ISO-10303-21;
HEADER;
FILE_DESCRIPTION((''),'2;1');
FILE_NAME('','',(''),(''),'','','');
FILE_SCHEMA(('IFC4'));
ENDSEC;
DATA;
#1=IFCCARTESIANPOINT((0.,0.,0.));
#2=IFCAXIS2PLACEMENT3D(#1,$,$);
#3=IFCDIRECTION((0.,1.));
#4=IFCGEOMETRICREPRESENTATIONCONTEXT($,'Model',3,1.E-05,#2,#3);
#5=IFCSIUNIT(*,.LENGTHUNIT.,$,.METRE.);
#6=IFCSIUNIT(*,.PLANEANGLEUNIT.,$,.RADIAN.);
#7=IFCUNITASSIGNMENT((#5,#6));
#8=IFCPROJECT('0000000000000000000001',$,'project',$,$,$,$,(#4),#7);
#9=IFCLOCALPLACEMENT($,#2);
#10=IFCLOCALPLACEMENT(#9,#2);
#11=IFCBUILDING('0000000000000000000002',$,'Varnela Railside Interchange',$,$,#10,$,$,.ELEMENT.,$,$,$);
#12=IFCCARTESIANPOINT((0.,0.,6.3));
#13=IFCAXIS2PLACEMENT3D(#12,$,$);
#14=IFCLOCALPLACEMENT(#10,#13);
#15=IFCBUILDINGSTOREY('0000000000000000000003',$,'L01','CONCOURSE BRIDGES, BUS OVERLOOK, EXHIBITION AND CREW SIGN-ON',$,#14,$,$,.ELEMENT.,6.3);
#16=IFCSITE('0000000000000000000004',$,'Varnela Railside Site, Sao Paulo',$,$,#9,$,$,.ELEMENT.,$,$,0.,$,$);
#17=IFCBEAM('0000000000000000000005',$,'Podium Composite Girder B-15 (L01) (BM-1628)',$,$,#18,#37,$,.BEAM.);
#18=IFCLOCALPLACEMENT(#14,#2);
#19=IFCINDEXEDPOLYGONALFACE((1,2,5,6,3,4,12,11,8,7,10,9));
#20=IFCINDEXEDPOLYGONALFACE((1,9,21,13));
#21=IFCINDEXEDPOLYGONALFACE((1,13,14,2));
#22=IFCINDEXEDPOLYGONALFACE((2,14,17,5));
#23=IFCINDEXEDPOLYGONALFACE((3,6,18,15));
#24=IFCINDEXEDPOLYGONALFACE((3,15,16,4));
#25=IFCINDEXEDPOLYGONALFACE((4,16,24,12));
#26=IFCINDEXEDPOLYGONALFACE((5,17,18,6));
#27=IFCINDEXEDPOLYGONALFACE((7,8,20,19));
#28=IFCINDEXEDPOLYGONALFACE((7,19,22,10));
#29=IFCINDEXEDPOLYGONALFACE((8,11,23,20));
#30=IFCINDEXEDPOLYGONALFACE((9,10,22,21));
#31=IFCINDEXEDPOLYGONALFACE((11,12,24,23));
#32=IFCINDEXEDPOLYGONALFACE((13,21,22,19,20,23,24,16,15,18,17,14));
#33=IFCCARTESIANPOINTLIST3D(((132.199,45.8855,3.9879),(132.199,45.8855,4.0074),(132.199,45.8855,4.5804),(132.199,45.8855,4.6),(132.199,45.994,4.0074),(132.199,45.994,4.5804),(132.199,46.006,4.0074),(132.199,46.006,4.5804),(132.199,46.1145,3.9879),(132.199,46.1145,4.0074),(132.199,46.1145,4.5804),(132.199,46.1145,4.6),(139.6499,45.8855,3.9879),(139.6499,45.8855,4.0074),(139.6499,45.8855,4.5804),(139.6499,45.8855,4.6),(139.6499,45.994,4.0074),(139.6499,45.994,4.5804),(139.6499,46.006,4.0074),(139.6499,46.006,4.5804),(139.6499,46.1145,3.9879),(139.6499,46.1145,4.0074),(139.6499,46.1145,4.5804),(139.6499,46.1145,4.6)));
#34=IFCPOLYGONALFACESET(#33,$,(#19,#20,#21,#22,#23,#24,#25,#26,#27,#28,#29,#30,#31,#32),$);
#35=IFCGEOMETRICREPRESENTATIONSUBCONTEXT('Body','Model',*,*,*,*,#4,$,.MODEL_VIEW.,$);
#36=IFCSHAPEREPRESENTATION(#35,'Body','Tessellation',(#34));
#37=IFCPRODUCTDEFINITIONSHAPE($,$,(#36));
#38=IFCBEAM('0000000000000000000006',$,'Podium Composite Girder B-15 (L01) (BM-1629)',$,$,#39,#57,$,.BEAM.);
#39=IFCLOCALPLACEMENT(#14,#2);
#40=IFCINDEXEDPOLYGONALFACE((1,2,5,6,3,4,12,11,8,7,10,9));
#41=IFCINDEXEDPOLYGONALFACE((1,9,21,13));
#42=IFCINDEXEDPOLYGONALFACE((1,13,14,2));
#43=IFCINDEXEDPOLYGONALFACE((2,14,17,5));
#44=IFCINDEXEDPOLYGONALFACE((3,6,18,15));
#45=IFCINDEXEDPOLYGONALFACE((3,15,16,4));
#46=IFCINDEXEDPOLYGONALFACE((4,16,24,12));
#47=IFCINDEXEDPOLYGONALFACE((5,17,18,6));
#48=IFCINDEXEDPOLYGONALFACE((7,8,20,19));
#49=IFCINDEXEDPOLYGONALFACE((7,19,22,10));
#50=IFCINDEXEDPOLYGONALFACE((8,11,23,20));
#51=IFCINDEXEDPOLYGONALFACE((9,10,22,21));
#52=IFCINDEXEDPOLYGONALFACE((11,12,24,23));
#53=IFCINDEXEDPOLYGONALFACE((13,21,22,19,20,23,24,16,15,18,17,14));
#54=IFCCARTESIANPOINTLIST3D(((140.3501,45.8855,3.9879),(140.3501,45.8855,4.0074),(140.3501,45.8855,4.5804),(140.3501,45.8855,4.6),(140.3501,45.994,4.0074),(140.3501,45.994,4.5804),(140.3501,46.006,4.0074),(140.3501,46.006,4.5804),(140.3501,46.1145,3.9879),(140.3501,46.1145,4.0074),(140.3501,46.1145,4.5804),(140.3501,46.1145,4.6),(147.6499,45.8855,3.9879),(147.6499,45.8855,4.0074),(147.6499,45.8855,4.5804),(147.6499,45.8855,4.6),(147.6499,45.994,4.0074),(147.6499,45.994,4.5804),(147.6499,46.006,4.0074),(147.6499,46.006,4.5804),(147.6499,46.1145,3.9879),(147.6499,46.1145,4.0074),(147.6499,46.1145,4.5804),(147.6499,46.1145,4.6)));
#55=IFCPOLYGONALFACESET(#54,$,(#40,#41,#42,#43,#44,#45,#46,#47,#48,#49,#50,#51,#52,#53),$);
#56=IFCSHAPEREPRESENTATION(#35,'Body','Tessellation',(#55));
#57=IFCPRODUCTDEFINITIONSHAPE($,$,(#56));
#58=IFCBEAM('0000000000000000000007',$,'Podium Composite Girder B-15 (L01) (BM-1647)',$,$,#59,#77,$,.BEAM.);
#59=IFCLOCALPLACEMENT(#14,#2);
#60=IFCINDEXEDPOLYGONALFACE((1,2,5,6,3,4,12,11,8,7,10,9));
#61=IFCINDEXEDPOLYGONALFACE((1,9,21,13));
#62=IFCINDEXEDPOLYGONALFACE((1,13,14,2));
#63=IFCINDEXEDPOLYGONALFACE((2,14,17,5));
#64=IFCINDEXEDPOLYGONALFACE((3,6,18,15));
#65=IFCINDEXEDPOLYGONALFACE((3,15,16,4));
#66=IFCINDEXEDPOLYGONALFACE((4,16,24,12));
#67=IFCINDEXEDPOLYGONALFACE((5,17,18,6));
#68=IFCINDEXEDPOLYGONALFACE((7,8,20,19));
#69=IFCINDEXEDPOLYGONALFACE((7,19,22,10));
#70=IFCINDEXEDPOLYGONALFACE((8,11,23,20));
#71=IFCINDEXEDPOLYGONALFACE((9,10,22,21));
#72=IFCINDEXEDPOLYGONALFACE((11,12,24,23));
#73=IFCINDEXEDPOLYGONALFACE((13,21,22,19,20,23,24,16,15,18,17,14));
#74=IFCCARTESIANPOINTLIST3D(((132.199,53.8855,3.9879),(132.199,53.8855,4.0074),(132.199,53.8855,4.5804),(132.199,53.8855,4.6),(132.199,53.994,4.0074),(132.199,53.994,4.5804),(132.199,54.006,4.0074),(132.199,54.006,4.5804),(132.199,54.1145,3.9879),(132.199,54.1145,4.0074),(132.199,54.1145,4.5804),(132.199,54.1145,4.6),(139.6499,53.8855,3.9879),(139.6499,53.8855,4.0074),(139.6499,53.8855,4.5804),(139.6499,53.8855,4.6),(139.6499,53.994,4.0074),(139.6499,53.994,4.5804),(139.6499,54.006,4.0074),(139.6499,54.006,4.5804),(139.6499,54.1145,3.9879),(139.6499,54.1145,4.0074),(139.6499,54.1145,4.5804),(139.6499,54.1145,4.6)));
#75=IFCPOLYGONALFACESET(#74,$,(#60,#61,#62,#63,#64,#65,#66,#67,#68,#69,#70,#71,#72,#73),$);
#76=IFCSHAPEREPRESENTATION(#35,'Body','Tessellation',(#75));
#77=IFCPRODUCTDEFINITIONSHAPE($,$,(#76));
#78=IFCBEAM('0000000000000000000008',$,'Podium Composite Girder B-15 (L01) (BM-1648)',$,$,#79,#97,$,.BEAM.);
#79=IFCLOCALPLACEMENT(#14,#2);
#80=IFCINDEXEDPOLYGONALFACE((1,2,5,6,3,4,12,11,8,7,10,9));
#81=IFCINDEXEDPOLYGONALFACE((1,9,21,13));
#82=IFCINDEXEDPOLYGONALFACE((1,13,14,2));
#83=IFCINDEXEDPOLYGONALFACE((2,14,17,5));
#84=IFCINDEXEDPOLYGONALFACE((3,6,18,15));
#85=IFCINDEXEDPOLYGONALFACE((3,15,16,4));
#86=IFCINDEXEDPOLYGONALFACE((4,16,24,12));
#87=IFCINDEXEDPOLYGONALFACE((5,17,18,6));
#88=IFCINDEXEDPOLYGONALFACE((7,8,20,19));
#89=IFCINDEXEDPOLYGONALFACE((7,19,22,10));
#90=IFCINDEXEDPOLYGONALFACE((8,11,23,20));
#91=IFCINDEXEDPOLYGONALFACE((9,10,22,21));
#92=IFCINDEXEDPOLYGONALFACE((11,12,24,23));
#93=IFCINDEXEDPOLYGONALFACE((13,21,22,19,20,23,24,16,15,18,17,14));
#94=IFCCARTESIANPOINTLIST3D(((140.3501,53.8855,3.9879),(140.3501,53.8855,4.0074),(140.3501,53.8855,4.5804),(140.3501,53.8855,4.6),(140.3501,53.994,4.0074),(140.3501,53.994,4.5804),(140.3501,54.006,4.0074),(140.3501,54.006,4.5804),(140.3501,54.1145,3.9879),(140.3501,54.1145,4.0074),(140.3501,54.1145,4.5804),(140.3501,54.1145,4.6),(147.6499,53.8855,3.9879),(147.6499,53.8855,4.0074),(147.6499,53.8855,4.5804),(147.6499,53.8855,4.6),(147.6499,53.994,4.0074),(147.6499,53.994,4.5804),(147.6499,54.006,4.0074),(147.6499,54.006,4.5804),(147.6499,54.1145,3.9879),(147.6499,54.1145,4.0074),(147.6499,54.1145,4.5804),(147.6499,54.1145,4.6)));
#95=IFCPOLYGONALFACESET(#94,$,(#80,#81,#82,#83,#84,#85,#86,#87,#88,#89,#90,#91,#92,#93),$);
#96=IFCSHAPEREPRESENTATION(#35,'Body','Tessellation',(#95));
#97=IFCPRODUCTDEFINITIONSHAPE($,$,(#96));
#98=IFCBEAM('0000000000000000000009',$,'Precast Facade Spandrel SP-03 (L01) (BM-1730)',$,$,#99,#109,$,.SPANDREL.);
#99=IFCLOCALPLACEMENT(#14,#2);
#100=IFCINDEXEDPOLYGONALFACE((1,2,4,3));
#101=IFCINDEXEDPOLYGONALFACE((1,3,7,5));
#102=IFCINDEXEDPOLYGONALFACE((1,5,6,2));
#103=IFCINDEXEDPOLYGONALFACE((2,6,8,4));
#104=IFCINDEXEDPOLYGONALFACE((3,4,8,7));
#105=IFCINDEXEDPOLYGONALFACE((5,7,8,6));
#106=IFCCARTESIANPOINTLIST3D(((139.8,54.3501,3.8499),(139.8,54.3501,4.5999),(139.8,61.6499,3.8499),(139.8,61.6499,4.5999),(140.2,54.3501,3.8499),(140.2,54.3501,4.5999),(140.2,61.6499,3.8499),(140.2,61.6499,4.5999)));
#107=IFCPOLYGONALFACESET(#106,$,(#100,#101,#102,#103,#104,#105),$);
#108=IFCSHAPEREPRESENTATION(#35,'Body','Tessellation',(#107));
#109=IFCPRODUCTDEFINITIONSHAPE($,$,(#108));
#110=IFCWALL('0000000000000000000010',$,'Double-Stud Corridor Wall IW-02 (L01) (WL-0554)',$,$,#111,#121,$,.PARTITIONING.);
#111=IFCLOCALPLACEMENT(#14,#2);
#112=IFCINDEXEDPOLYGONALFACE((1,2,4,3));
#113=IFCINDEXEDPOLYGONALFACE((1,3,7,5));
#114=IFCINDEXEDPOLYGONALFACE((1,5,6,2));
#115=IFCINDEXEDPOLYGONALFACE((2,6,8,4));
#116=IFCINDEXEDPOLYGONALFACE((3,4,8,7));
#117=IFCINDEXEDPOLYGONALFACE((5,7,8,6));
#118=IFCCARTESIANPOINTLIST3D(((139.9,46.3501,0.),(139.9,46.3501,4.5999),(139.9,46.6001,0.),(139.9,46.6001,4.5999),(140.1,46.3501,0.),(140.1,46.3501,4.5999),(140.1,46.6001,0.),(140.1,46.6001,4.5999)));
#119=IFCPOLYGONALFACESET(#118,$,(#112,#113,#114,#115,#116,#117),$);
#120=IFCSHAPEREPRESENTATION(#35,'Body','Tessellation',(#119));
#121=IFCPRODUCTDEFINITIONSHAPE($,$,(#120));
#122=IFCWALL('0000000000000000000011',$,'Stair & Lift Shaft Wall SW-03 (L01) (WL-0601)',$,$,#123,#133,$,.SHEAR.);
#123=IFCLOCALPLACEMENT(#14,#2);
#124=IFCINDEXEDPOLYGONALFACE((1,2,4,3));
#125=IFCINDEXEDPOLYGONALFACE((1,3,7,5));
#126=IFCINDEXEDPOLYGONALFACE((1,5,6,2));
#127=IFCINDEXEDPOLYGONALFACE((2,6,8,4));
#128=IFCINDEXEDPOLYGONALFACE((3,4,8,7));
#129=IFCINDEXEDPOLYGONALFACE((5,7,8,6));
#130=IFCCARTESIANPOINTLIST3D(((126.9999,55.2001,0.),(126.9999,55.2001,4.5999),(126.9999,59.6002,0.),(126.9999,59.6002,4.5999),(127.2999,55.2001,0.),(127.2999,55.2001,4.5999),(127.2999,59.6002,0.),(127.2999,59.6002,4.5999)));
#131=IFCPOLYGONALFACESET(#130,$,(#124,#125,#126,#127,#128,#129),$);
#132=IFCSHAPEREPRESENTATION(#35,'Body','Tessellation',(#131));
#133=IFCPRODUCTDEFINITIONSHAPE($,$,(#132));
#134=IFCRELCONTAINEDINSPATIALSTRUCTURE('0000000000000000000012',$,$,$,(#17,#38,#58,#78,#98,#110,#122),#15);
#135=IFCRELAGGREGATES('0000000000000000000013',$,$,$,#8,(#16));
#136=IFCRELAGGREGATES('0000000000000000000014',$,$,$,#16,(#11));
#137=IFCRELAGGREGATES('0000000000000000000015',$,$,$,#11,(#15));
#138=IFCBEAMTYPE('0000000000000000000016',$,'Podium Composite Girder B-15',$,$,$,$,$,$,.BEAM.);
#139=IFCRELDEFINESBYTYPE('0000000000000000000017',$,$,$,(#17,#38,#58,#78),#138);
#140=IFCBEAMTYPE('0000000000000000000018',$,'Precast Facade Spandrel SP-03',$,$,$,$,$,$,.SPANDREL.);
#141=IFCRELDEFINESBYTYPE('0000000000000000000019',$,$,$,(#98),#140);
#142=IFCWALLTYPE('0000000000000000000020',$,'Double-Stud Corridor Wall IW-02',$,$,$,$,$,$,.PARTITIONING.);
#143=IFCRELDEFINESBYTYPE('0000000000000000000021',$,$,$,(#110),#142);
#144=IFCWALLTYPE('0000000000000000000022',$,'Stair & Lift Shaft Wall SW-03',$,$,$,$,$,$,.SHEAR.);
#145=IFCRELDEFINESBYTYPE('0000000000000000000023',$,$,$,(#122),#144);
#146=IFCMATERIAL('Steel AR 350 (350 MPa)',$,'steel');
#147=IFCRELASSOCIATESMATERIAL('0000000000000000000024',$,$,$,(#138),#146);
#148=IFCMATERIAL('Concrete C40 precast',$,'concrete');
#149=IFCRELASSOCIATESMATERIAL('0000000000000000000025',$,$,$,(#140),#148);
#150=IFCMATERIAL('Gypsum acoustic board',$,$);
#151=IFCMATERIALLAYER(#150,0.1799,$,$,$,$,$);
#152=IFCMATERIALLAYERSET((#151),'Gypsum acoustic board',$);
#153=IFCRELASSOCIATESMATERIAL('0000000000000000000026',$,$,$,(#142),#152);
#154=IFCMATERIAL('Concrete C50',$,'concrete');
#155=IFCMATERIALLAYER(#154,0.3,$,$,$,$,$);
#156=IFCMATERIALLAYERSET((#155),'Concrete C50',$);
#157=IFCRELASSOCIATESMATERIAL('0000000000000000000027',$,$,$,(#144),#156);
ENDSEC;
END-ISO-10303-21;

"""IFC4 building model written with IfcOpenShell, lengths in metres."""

from ifc_helpers import new_model, si_unit, direction, frame, frame_2d, origin, origin_2d, place, context, subcontext, project, spatial, rectangle, i_section, extrude, material, layer, layer_set, material_profile, profile_set, type_object, element, save


model = new_model("IFC4")

# Units and contexts
model_context = context("Model", 3, precision=1e-05, world=origin(), true_north=direction((0.0, 1.0)))
body_context = subcontext(model_context, "Body", "Model", "MODEL_VIEW")
ifc_project = project(units=[si_unit("LENGTHUNIT", "METRE"), si_unit("PLANEANGLEUNIT", "RADIAN")], contexts=[model_context])

# Site, building, storey
site_placement = place(None, origin())
site = spatial("IfcSite", under=ifc_project, at=site_placement, Name="Varnela Railside Site, Sao Paulo", CompositionType="ELEMENT", RefElevation=0.0)
building_placement = place(site_placement, origin())
building = spatial("IfcBuilding", under=site, at=building_placement, Name="Varnela Railside Interchange", CompositionType="ELEMENT")
storey_placement = place(building_placement, frame((0.0, 0.0, 6.3)))
storey = spatial("IfcBuildingStorey", under=building, at=storey_placement, Name="L01", Description="CONCOURSE BRIDGES, BUS OVERLOOK, EXHIBITION AND CREW SIGN-ON", CompositionType="ELEMENT", Elevation=6.3)

# Shared definitions
ifc_material_1 = material(Name="Concrete C50", Category="concrete")
ifc_material_2 = material(Name="Steel AR 350 (350 MPa)", Category="steel")

# Beams
ifc_material_profile_1 = material_profile(ifc_material_2, i_section(OverallWidth=0.229, OverallDepth=0.6121, WebThickness=0.012, FlangeThickness=0.0195, at=origin_2d()), Name="W610x125")
ifc_profile_set_1 = profile_set([ifc_material_profile_1], Name="Steel AR 350 (350 MPa)")
beam_type_1 = type_object("IfcBeamType", Name="Podium Composite Girder B-15", PredefinedType="BEAM", material=ifc_profile_set_1)
beam_1_placement = place(storey_placement, frame((132.199, 46.0, 4.2939), z_axis=(1.0, 0.0, 0.0), x_axis=(0.0, 1.0, 0.0)))
element("IfcBeam", 1, at=beam_1_placement, inside=storey, type_object=beam_type_1, Name="Podium Composite Girder B-15 (L01) (BM-1628)", PredefinedType="BEAM", context=body_context, shape_type="SweptSolid", body=[
    extrude(i_section(OverallWidth=0.229, OverallDepth=0.6121, WebThickness=0.012, FlangeThickness=0.0195, at=origin_2d()), origin(), (0.0, 0.0, 1.0), 7.4509),
])
beam_2_placement = place(storey_placement, frame((140.3501, 46.0, 4.2939), z_axis=(1.0, 0.0, 0.0), x_axis=(0.0, 1.0, 0.0)))
element("IfcBeam", 2, at=beam_2_placement, inside=storey, type_object=beam_type_1, Name="Podium Composite Girder B-15 (L01) (BM-1629)", PredefinedType="BEAM", context=body_context, shape_type="SweptSolid", body=[
    extrude(i_section(OverallWidth=0.229, OverallDepth=0.6121, WebThickness=0.012, FlangeThickness=0.0195, at=origin_2d()), origin(), (0.0, 0.0, 1.0), 7.2998),
])
beam_3_placement = place(storey_placement, frame((132.199, 54.0, 4.2939), z_axis=(1.0, 0.0, 0.0), x_axis=(0.0, 1.0, 0.0)))
element("IfcBeam", 3, at=beam_3_placement, inside=storey, type_object=beam_type_1, Name="Podium Composite Girder B-15 (L01) (BM-1647)", PredefinedType="BEAM", context=body_context, shape_type="SweptSolid", body=[
    extrude(i_section(OverallWidth=0.229, OverallDepth=0.6121, WebThickness=0.012, FlangeThickness=0.0195, at=origin_2d()), origin(), (0.0, 0.0, 1.0), 7.4509),
])
beam_4_placement = place(storey_placement, frame((140.3501, 54.0, 4.2939), z_axis=(1.0, 0.0, 0.0), x_axis=(0.0, 1.0, 0.0)))
element("IfcBeam", 4, at=beam_4_placement, inside=storey, type_object=beam_type_1, Name="Podium Composite Girder B-15 (L01) (BM-1648)", PredefinedType="BEAM", context=body_context, shape_type="SweptSolid", body=[
    extrude(i_section(OverallWidth=0.229, OverallDepth=0.6121, WebThickness=0.012, FlangeThickness=0.0195, at=origin_2d()), origin(), (0.0, 0.0, 1.0), 7.2998),
])
ifc_material_3 = material(Name="Concrete C40 precast", Category="concrete")
ifc_material_profile_2 = material_profile(ifc_material_3, rectangle(XDim=0.3999, YDim=0.75, at=origin_2d()), Name="PC 400x750")
ifc_profile_set_2 = profile_set([ifc_material_profile_2], Name="Concrete C40 precast")
beam_type_2 = type_object("IfcBeamType", Name="Precast Facade Spandrel SP-03", PredefinedType="SPANDREL", material=ifc_profile_set_2)
beam_5_placement = place(storey_placement, frame((140.0, 54.3501, 4.2249), z_axis=(0.0, 1.0, 0.0), x_axis=(-1.0, 0.0, 0.0)))
element("IfcBeam", 5, at=beam_5_placement, inside=storey, type_object=beam_type_2, Name="Precast Facade Spandrel SP-03 (L01) (BM-1730)", PredefinedType="SPANDREL", context=body_context, shape_type="SweptSolid", body=[
    extrude(rectangle(XDim=0.3999, YDim=0.75, at=origin_2d()), origin(), (0.0, 0.0, 1.0), 7.2998),
])

# Walls
ifc_material_4 = material(Name="Gypsum acoustic board")
ifc_layer_1 = layer(ifc_material_4, 0.1799)
ifc_layer_set_1 = layer_set([ifc_layer_1], Name="Gypsum acoustic board")
wall_type_1 = type_object("IfcWallType", Name="Double-Stud Corridor Wall IW-02", PredefinedType="PARTITIONING", material=ifc_layer_set_1)
wall_1_placement = place(storey_placement, frame((140.0, 46.3501, 0.0), z_axis=(0.0, 0.0, 1.0), x_axis=(0.0, 1.0, 0.0)))
element("IfcWall", 6, at=wall_1_placement, inside=storey, type_object=wall_type_1, Name="Double-Stud Corridor Wall IW-02 (L01) (WL-0554)", PredefinedType="PARTITIONING", context=body_context, shape_type="SweptSolid", body=[
    extrude(rectangle(XDim=0.25, YDim=0.2, at=frame_2d((0.125, 0.0))), origin(), (0.0, 0.0, 1.0), 4.5999),
])
ifc_layer_2 = layer(ifc_material_1, 0.3)
ifc_layer_set_2 = layer_set([ifc_layer_2], Name="Concrete C50")
wall_type_2 = type_object("IfcWallType", Name="Stair & Lift Shaft Wall SW-03", PredefinedType="SHEAR", material=ifc_layer_set_2)
wall_2_placement = place(storey_placement, frame((127.1499, 55.2, 0.0), z_axis=(0.0, 0.0, 1.0), x_axis=(0.0, 1.0, 0.0)))
element("IfcWall", 7, at=wall_2_placement, inside=storey, type_object=wall_type_2, Name="Stair & Lift Shaft Wall SW-03 (L01) (WL-0601)", PredefinedType="SHEAR", context=body_context, shape_type="SweptSolid", body=[
    extrude(rectangle(XDim=4.4001, YDim=0.3, at=frame_2d((2.2002, 0.0))), origin(), (0.0, 0.0, 1.0), 4.5999),
])

save(model, "model.ifc")
